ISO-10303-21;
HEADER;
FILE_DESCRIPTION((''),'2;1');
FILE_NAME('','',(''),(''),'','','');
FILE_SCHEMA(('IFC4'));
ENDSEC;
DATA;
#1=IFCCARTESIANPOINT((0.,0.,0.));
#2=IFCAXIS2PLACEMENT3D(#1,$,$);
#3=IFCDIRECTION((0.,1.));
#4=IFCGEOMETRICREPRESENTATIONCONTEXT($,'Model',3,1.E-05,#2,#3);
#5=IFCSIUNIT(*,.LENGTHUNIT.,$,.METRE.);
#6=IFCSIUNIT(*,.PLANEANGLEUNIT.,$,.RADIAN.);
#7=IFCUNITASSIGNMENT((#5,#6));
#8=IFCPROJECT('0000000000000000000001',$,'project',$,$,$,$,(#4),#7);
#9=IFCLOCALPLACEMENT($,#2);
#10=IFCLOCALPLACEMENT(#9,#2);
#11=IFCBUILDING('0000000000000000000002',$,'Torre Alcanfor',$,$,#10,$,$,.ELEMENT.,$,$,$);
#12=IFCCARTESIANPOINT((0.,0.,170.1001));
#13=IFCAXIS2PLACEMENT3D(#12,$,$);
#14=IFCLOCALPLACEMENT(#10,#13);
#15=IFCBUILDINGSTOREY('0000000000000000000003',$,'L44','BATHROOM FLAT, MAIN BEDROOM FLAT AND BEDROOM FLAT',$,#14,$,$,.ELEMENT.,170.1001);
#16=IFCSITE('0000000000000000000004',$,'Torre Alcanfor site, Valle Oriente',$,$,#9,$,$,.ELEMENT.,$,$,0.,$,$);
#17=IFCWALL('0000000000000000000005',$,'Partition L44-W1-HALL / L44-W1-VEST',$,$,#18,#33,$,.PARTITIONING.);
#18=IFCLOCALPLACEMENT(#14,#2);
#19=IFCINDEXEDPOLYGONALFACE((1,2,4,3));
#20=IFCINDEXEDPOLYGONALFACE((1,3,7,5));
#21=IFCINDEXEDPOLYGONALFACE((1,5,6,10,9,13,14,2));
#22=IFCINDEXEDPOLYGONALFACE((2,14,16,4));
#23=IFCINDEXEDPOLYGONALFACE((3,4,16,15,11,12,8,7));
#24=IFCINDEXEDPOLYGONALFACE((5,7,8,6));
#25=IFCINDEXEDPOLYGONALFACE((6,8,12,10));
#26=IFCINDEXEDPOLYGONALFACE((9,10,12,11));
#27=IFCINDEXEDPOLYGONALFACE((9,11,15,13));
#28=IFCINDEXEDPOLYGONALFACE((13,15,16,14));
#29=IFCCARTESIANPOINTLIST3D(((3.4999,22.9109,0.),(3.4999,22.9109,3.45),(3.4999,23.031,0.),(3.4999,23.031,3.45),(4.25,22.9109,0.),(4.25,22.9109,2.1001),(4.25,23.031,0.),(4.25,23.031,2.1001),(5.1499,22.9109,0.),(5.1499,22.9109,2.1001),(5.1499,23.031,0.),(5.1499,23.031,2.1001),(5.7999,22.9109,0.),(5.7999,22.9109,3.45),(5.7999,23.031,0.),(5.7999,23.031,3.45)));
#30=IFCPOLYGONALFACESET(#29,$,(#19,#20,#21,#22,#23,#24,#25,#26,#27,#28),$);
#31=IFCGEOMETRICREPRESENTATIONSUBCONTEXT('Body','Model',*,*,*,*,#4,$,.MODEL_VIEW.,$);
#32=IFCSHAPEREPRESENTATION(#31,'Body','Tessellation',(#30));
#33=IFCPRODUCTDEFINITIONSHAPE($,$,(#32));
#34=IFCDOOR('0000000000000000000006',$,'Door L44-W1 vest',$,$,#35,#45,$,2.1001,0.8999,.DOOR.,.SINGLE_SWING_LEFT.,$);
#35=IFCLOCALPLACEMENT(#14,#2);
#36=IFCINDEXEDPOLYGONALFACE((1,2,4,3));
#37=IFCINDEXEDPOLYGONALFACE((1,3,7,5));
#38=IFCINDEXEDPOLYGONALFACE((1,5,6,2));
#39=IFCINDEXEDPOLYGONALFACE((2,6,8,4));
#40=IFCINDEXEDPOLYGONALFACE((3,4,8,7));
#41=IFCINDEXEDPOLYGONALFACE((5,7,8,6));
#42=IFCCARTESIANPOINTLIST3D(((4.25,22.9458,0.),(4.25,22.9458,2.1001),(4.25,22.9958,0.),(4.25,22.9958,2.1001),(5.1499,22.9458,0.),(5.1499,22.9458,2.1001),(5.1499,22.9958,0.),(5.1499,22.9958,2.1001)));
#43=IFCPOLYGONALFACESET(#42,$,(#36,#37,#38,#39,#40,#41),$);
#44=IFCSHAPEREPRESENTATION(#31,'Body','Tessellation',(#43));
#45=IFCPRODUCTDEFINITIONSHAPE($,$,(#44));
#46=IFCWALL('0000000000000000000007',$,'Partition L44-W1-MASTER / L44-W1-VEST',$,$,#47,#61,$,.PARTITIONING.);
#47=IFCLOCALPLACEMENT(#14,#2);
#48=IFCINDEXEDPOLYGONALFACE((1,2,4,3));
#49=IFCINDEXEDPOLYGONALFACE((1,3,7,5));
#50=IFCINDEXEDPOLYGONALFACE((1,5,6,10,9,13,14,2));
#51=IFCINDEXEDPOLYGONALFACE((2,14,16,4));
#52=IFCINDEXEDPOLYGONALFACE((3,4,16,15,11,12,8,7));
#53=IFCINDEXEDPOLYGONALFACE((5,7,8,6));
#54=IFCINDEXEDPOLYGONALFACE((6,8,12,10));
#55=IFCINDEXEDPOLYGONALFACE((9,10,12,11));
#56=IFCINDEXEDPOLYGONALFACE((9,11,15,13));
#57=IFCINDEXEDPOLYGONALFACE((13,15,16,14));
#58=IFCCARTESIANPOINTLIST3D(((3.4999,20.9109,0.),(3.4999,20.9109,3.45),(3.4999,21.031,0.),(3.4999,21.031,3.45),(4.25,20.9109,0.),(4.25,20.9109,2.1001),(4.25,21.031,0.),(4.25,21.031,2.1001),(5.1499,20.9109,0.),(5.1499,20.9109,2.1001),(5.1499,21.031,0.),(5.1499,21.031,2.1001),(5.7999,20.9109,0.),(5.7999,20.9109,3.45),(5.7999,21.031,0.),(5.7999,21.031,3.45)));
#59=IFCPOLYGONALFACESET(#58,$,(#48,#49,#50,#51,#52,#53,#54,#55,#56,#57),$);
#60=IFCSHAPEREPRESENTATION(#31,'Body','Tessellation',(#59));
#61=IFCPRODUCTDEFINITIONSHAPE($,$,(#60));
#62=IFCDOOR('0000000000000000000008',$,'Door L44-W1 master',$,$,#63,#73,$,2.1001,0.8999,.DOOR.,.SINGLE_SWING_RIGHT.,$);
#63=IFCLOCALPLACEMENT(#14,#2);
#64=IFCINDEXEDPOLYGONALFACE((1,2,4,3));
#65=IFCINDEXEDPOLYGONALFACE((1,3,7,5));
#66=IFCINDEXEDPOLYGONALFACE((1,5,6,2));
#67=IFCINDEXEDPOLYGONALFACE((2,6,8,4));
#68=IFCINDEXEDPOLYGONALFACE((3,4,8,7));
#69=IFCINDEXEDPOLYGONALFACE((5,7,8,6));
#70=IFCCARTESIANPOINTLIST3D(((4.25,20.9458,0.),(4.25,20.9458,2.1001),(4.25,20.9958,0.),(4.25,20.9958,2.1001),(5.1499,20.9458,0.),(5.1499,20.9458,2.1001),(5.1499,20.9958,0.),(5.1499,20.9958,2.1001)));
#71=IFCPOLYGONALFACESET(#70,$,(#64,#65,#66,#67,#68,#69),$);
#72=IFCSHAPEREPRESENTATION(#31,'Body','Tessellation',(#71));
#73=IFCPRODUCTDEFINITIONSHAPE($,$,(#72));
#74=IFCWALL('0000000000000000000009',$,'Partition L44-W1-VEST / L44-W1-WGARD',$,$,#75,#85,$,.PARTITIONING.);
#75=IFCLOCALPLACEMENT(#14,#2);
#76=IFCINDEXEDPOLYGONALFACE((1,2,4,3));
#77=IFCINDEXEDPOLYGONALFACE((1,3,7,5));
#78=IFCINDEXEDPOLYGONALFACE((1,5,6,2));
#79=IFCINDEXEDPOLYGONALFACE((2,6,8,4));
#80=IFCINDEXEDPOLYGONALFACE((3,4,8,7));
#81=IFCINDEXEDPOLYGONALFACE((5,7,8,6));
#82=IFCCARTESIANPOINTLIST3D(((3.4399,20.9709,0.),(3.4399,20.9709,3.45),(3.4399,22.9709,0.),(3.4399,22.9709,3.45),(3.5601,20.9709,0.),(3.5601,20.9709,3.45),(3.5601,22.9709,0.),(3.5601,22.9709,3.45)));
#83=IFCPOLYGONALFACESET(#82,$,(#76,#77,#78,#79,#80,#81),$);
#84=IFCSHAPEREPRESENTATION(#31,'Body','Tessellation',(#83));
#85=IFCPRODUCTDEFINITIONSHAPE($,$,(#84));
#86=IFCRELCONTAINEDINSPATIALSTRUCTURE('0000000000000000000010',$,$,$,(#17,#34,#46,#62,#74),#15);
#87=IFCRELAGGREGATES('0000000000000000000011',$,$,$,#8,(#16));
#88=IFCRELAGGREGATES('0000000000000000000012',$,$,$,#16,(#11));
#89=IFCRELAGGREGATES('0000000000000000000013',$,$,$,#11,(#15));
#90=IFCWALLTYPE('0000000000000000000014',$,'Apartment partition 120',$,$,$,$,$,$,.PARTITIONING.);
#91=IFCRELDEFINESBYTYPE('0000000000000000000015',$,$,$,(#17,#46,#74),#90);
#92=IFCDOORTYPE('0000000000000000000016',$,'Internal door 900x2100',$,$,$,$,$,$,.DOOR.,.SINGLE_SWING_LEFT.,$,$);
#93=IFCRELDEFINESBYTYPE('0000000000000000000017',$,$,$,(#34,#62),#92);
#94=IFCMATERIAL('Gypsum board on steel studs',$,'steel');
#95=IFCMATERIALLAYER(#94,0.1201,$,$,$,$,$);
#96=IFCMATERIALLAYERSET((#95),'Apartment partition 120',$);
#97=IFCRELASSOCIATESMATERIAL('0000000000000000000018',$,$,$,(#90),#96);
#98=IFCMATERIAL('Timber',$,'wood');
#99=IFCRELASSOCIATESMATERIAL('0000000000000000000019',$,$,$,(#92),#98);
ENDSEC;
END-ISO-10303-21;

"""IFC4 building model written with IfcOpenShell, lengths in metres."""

from ifc_helpers import new_model, si_unit, direction, frame, frame_2d, origin, place, context, subcontext, project, spatial, rectangle, extrude, material, layer, layer_set, type_object, element, fill, save


model = new_model("IFC4")

# Units and contexts
model_context = context("Model", 3, precision=1e-05, world=origin(), true_north=direction((0.0, 1.0)))
body_context = subcontext(model_context, "Body", "Model", "MODEL_VIEW")
ifc_project = project(units=[si_unit("LENGTHUNIT", "METRE"), si_unit("PLANEANGLEUNIT", "RADIAN")], contexts=[model_context])

# Site, building, storey
site_placement = place(None, origin())
site = spatial("IfcSite", under=ifc_project, at=site_placement, Name="Torre Alcanfor site, Valle Oriente", CompositionType="ELEMENT", RefElevation=0.0)
building_placement = place(site_placement, origin())
building = spatial("IfcBuilding", under=site, at=building_placement, Name="Torre Alcanfor", CompositionType="ELEMENT")
storey_placement = place(building_placement, frame((0.0, 0.0, 170.1001)))
storey = spatial("IfcBuildingStorey", under=building, at=storey_placement, Name="L44", Description="BATHROOM FLAT, MAIN BEDROOM FLAT AND BEDROOM FLAT", CompositionType="ELEMENT", Elevation=170.1001)

# Shared definitions
ifc_material_1 = material(Name="Gypsum board on steel studs", Category="steel")
ifc_layer_1 = layer(ifc_material_1, 0.1201)
ifc_layer_set_1 = layer_set([ifc_layer_1], Name="Apartment partition 120")
wall_type = type_object("IfcWallType", Name="Apartment partition 120", PredefinedType="PARTITIONING", material=ifc_layer_set_1)
ifc_material_2 = material(Name="Timber", Category="wood")
door_type = type_object("IfcDoorType", Name="Internal door 900x2100", OperationType="SINGLE_SWING_LEFT", PredefinedType="DOOR", material=ifc_material_2)

# Walls, openings, doors
wall_1_placement = place(storey_placement, frame((3.5, 22.9709, 0.0), z_axis=(0.0, 0.0, 1.0), x_axis=(1.0, 0.0, 0.0)))
wall_1 = element("IfcWall", 1, at=wall_1_placement, inside=storey, type_object=wall_type, Name="Partition L44-W1-HALL / L44-W1-VEST", PredefinedType="PARTITIONING", context=body_context, shape_type="SweptSolid", body=[
    extrude(rectangle(XDim=2.3, YDim=0.1201, at=frame_2d((1.1499, 0.0))), origin(), (0.0, 0.0, 1.0), 3.45),
])
opening_1_placement = place(wall_1_placement, frame((0.75, 0.0, 0.0)))
opening_1 = element("IfcOpeningElement", 2, at=opening_1_placement, cuts=wall_1, PredefinedType="OPENING", context=body_context, shape_type="SweptSolid", body=[
    extrude(rectangle(XDim=0.8999, YDim=2.1001, at=frame_2d((0.45, 1.05))), frame((0.0, 0.0701, 0.0), z_axis=(0.0, -1.0, 0.0), x_axis=(1.0, 0.0, 0.0)), (0.0, 0.0, 1.0), 0.1401),
])
door_1_placement = place(opening_1_placement, frame((0.8999, 0.0, 0.0), z_axis=(0.0, 0.0, 1.0), x_axis=(-1.0, 0.0, 0.0)))
door_1 = element("IfcDoor", 3, at=door_1_placement, inside=storey, type_object=door_type, Name="Door L44-W1 vest", OperationType="SINGLE_SWING_LEFT", OverallHeight=2.1001, OverallWidth=0.8999, PredefinedType="DOOR", context=body_context, shape_type="SweptSolid", body=[
    extrude(rectangle(XDim=0.8999, YDim=2.1001, at=frame_2d((0.45, 1.05))), frame((0.0, 0.0251, 0.0), z_axis=(0.0, -1.0, 0.0), x_axis=(1.0, 0.0, 0.0)), (0.0, 0.0, 1.0), 0.05),
])
fill(opening_1, door_1)
wall_2_placement = place(storey_placement, frame((3.5, 20.9709, 0.0), z_axis=(0.0, 0.0, 1.0), x_axis=(1.0, 0.0, 0.0)))
wall_2 = element("IfcWall", 4, at=wall_2_placement, inside=storey, type_object=wall_type, Name="Partition L44-W1-MASTER / L44-W1-VEST", PredefinedType="PARTITIONING", context=body_context, shape_type="SweptSolid", body=[
    extrude(rectangle(XDim=2.3, YDim=0.1201, at=frame_2d((1.1499, 0.0))), origin(), (0.0, 0.0, 1.0), 3.45),
])
opening_2_placement = place(wall_2_placement, frame((0.75, 0.0, 0.0)))
opening_2 = element("IfcOpeningElement", 5, at=opening_2_placement, cuts=wall_2, PredefinedType="OPENING", context=body_context, shape_type="SweptSolid", body=[
    extrude(rectangle(XDim=0.8999, YDim=2.1001, at=frame_2d((0.45, 1.05))), frame((0.0, 0.0701, 0.0), z_axis=(0.0, -1.0, 0.0), x_axis=(1.0, 0.0, 0.0)), (0.0, 0.0, 1.0), 0.1401),
])
door_2_placement = place(opening_2_placement, origin())
door_2 = element("IfcDoor", 6, at=door_2_placement, inside=storey, type_object=door_type, Name="Door L44-W1 master", OperationType="SINGLE_SWING_RIGHT", OverallHeight=2.1001, OverallWidth=0.8999, PredefinedType="DOOR", context=body_context, shape_type="SweptSolid", body=[
    extrude(rectangle(XDim=0.8999, YDim=2.1001, at=frame_2d((0.45, 1.05))), frame((0.0, 0.0249, 0.0), z_axis=(0.0, -1.0, 0.0), x_axis=(1.0, 0.0, 0.0)), (0.0, 0.0, 1.0), 0.05),
])
fill(opening_2, door_2)

# Wall
wall_3_placement = place(storey_placement, frame((3.5, 22.9709, 0.0), z_axis=(0.0, 0.0, 1.0), x_axis=(0.0, -1.0, 0.0)))
element("IfcWall", 7, at=wall_3_placement, inside=storey, type_object=wall_type, Name="Partition L44-W1-VEST / L44-W1-WGARD", PredefinedType="PARTITIONING", context=body_context, shape_type="SweptSolid", body=[
    extrude(rectangle(XDim=2.0, YDim=0.1201, at=frame_2d((1.0, 0.0))), origin(), (0.0, 0.0, 1.0), 3.45),
])

save(model, "model.ifc")
